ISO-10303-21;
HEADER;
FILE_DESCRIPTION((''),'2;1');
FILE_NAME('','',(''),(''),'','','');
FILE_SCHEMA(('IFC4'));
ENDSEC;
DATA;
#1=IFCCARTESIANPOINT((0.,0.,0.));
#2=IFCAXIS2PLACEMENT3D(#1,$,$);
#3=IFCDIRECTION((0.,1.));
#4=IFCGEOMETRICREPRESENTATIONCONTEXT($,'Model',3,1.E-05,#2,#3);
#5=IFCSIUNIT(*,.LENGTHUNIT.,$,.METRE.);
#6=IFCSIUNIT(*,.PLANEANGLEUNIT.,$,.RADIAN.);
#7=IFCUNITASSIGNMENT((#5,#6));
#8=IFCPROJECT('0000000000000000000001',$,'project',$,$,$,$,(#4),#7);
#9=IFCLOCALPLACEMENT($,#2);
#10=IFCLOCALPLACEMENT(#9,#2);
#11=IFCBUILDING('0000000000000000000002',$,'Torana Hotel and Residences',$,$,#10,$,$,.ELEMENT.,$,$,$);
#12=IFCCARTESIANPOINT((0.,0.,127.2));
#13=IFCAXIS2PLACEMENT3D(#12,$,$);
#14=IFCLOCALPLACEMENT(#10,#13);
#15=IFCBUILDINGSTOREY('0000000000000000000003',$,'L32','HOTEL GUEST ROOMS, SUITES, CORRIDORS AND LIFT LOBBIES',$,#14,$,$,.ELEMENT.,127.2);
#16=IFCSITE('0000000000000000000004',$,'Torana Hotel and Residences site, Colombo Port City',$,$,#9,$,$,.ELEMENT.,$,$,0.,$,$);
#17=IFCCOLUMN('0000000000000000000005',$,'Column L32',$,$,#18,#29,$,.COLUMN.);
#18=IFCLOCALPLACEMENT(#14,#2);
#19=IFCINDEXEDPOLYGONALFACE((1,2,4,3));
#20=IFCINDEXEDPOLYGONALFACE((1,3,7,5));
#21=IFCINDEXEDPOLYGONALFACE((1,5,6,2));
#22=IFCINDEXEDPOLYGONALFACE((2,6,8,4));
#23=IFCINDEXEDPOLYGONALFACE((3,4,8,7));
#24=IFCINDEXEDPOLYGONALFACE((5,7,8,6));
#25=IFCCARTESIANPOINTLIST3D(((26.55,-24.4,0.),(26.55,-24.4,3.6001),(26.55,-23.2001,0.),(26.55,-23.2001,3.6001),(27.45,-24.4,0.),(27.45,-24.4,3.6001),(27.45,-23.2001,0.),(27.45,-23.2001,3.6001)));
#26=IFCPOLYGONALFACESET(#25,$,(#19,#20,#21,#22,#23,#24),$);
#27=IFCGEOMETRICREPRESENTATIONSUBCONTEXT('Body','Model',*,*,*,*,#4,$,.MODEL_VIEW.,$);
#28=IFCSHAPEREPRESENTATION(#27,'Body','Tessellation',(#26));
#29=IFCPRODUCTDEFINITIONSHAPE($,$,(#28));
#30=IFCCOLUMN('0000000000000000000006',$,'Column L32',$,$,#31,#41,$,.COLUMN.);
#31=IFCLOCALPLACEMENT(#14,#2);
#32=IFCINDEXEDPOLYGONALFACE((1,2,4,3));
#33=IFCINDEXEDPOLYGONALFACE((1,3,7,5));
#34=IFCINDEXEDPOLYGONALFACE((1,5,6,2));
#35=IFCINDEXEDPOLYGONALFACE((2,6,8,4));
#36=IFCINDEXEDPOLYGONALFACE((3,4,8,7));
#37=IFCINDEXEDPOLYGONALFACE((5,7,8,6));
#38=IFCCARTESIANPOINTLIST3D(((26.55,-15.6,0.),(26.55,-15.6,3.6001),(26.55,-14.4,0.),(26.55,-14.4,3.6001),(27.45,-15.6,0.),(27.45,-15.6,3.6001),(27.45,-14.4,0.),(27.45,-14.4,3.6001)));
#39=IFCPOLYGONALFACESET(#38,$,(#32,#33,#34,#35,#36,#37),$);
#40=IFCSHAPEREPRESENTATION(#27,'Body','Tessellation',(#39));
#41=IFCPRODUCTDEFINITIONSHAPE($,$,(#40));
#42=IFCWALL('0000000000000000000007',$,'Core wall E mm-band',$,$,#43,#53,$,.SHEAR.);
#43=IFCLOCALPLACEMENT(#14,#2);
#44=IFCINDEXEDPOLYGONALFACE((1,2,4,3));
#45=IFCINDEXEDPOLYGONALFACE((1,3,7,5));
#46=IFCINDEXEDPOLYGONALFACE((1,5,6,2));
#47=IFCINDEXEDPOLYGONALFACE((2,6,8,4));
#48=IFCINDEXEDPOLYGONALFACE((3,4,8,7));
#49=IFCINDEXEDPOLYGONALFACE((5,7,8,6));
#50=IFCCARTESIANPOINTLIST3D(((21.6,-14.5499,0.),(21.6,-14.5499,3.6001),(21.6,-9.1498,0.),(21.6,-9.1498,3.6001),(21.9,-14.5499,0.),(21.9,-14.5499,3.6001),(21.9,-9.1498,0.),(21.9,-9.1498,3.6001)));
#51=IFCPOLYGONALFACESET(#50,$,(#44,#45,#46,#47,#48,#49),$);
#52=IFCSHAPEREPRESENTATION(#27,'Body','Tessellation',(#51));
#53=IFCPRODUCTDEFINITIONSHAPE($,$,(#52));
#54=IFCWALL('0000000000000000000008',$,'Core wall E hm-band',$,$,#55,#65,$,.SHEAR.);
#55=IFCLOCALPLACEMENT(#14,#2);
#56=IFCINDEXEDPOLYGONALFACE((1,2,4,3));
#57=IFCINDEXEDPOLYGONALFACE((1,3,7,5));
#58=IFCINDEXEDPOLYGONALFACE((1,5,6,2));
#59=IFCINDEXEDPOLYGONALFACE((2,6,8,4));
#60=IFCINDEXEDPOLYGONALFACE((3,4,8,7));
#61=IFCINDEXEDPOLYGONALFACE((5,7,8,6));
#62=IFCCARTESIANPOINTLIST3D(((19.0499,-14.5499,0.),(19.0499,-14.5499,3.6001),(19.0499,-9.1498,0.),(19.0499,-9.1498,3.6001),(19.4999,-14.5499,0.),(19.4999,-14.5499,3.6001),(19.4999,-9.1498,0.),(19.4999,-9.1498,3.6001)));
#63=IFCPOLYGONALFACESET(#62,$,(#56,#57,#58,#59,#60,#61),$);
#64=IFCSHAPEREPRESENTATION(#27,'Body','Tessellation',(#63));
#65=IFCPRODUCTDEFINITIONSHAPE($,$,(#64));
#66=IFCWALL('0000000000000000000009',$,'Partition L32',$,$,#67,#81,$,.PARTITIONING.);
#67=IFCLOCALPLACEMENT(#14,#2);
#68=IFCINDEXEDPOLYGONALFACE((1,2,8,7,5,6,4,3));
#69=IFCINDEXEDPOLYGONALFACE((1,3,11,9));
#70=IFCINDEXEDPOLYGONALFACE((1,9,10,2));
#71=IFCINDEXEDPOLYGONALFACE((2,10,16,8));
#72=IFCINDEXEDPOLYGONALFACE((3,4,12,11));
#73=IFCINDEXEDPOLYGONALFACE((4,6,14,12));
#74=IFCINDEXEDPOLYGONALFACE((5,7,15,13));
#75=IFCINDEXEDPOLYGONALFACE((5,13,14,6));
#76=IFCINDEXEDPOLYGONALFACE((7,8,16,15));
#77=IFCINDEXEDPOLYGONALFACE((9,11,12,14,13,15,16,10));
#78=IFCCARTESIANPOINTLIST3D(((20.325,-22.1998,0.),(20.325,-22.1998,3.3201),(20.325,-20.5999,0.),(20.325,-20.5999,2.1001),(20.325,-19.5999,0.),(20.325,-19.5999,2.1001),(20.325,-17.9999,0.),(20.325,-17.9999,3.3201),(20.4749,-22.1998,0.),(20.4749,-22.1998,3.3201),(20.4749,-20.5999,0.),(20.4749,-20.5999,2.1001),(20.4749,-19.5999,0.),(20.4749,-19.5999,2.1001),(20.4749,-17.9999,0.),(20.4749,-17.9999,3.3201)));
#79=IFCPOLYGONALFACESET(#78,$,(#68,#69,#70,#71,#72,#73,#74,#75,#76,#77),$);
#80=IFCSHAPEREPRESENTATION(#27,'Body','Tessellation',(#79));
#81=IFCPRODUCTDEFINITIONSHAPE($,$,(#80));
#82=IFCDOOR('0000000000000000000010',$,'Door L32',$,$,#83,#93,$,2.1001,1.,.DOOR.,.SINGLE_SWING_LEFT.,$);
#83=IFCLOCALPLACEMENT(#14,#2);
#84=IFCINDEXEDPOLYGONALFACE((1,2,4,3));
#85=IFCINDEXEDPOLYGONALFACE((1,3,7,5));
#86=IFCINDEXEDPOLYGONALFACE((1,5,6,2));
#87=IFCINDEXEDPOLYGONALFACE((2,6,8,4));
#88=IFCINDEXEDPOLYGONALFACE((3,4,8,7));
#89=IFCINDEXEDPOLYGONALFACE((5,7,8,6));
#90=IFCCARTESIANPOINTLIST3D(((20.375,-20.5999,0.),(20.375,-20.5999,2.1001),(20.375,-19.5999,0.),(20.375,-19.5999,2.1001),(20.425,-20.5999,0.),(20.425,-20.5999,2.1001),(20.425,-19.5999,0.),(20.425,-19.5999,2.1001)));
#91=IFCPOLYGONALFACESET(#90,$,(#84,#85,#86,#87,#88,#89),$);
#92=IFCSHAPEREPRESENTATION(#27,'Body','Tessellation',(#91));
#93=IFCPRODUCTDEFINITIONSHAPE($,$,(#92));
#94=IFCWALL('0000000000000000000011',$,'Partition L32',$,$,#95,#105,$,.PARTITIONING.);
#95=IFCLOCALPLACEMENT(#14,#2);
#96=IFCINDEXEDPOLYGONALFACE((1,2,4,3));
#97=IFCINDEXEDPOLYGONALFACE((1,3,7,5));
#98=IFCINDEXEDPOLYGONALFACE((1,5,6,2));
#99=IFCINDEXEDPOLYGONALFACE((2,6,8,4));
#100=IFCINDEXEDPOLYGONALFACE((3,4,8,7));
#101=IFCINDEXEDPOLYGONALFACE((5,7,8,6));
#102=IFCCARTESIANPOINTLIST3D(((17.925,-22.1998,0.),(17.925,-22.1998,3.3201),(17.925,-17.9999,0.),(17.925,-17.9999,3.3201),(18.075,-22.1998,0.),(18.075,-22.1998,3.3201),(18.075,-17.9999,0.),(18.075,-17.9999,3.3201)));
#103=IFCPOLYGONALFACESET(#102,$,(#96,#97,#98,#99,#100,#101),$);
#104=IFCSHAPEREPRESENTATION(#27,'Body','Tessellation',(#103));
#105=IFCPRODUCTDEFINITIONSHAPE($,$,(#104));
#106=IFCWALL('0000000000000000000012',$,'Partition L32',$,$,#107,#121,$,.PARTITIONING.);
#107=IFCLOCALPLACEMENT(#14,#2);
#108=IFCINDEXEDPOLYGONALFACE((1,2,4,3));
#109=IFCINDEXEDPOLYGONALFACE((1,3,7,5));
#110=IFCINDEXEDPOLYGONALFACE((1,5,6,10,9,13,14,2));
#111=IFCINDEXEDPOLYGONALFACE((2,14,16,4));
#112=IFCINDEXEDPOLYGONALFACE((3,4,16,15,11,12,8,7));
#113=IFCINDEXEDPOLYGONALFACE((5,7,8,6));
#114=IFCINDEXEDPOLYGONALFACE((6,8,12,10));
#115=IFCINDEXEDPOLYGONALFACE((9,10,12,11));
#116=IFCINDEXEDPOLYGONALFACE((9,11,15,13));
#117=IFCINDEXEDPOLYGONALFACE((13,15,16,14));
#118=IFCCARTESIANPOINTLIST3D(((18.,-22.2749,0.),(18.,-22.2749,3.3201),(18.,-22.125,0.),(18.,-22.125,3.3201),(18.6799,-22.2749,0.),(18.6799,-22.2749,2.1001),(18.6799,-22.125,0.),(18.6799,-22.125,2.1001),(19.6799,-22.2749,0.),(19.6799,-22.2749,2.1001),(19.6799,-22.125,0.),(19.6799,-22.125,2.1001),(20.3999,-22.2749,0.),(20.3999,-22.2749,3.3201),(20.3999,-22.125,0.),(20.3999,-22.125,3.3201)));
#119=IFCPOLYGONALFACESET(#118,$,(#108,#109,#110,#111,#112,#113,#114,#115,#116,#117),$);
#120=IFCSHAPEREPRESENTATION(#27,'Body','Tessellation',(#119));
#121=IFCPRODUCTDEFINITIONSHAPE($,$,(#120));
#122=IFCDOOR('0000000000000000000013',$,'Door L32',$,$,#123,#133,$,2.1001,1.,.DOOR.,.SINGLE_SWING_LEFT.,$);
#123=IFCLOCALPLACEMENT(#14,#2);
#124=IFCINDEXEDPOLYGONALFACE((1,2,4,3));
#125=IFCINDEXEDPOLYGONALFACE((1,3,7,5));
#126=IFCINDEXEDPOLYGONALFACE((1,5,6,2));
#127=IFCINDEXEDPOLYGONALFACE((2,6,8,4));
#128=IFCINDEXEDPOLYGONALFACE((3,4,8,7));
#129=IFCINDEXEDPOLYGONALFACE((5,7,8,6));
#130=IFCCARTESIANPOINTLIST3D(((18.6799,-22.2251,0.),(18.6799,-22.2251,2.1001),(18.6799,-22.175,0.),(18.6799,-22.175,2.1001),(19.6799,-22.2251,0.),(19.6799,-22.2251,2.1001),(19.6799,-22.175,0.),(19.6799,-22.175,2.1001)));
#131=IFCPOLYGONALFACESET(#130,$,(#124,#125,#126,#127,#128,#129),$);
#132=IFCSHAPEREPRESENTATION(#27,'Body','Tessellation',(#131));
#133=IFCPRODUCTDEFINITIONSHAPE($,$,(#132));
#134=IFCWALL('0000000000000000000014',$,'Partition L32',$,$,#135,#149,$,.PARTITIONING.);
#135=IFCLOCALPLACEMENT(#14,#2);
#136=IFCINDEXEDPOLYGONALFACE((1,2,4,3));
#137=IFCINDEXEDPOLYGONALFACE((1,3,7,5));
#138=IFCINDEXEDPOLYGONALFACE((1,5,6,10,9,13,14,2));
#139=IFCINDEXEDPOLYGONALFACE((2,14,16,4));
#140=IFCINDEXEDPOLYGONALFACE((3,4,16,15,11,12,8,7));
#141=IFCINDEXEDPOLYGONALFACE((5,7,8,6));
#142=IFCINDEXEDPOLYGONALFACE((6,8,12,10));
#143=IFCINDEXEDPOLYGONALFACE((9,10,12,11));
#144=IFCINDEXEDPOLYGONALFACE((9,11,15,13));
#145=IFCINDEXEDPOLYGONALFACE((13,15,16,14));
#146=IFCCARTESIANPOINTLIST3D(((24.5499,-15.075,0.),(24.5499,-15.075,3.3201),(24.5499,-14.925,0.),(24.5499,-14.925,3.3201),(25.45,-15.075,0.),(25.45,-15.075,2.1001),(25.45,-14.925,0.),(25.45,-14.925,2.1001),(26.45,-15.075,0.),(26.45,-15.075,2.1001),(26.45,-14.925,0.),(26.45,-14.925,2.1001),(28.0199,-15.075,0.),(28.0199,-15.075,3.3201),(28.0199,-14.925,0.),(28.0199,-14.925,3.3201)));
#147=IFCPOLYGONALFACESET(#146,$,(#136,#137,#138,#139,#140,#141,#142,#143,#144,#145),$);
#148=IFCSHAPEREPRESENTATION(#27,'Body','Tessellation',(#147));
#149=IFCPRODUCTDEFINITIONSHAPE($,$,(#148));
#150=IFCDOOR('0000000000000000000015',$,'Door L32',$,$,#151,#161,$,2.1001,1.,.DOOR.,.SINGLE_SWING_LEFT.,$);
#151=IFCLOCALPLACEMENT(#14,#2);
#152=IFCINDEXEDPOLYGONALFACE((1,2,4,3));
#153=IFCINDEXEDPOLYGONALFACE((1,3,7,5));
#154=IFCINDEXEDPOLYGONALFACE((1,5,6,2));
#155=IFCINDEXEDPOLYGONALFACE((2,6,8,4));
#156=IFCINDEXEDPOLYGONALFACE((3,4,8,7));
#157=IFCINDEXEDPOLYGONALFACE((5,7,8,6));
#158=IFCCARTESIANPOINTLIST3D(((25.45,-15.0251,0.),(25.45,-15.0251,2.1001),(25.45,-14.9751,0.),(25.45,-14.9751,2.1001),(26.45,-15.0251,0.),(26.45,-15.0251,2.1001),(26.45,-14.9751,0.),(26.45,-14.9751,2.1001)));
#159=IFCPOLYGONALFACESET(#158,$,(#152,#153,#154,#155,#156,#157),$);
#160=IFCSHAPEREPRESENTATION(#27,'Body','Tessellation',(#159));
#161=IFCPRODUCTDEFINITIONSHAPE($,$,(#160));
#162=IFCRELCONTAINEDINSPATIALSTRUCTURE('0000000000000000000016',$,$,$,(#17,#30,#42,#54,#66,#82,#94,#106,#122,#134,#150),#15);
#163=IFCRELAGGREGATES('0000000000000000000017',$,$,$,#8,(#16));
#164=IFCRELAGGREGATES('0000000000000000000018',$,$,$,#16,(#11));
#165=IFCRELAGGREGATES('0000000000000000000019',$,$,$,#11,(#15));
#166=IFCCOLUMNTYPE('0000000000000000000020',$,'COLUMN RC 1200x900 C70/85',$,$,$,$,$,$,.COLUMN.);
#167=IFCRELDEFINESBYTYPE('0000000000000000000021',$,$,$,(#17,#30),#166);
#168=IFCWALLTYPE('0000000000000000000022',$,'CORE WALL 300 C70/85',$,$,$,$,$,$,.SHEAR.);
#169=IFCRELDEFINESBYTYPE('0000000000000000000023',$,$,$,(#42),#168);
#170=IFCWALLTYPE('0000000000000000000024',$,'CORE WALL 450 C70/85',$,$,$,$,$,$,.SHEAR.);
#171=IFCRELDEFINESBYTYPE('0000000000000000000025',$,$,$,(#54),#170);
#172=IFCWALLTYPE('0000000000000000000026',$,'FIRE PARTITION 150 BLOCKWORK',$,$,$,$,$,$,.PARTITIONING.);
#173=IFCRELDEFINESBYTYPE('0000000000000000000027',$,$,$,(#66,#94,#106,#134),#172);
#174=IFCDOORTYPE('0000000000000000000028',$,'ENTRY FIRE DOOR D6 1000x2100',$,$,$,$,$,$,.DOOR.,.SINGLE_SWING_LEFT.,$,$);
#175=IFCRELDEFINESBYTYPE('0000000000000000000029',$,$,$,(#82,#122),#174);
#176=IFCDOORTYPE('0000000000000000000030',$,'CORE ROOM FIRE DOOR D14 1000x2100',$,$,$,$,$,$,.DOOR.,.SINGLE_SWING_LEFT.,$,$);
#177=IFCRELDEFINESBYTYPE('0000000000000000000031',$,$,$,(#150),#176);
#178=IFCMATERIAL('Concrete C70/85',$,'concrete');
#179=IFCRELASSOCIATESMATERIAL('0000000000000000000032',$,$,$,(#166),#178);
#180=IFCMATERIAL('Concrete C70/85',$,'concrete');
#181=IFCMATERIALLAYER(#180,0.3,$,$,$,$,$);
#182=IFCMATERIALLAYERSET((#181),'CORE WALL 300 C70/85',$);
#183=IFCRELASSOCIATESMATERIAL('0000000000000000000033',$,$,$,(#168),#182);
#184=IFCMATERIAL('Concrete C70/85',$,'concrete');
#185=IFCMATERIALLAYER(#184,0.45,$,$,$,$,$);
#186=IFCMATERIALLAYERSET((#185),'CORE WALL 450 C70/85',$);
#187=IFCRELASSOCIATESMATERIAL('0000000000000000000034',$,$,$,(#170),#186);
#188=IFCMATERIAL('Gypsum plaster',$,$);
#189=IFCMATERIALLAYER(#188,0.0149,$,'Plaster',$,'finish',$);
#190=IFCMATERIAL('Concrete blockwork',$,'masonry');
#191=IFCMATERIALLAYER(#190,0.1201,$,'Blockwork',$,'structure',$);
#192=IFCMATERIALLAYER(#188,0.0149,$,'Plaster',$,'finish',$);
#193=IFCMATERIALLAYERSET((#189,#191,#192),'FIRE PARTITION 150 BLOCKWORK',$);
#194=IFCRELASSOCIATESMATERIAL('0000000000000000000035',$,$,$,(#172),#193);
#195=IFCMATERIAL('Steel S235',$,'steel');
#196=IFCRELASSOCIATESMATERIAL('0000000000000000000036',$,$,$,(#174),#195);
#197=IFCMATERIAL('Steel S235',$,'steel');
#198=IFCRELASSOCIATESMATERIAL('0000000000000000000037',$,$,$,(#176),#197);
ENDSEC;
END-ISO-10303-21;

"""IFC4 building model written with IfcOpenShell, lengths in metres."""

from ifc_helpers import new_model, si_unit, direction, frame, frame_2d, origin, origin_2d, place, context, subcontext, project, spatial, rectangle, extrude, material, layer, layer_set, material_profile, profile_set, type_object, element, fill, save


model = new_model("IFC4")

# Units and contexts
model_context = context("Model", 3, precision=1e-05, world=origin(), true_north=direction((0.0, 1.0)))
body_context = subcontext(model_context, "Body", "Model", "MODEL_VIEW")
ifc_project = project(units=[si_unit("LENGTHUNIT", "METRE"), si_unit("PLANEANGLEUNIT", "RADIAN")], contexts=[model_context])

# Site, building, storey
site_placement = place(None, origin())
site = spatial("IfcSite", under=ifc_project, at=site_placement, Name="Torana Hotel and Residences site, Colombo Port City", CompositionType="ELEMENT", RefElevation=0.0)
building_placement = place(site_placement, origin())
building = spatial("IfcBuilding", under=site, at=building_placement, Name="Torana Hotel and Residences", CompositionType="ELEMENT")
storey_placement = place(building_placement, frame((0.0, 0.0, 127.2)))
storey = spatial("IfcBuildingStorey", under=building, at=storey_placement, Name="L32", Description="HOTEL GUEST ROOMS, SUITES, CORRIDORS AND LIFT LOBBIES", CompositionType="ELEMENT", Elevation=127.2)

# Columns
ifc_material_1 = material(Name="Concrete C70/85", Category="concrete")
ifc_material_profile = material_profile(ifc_material_1, rectangle(XDim=1.2, YDim=0.8999, at=origin_2d()), Name="RC 1200x900")
ifc_profile_set = profile_set([ifc_material_profile], Name="Concrete C70/85")
column_type = type_object("IfcColumnType", Name="COLUMN RC 1200x900 C70/85", PredefinedType="COLUMN", material=ifc_profile_set)
for number, where, z_axis, x_axis, name in (
    (1, (27.0, -23.8, 0.0), (0.0, 0.0, 1.0), (0.0, 1.0, 0.0), "Column L32"),
    (2, (27.0, -15.0, 0.0), (0.0, 0.0, 1.0), (0.0, 1.0, 0.0), "Column L32"),
):
    element("IfcColumn", number, at=place(storey_placement, frame(where, z_axis=z_axis, x_axis=x_axis)), inside=storey, type_object=column_type, Name=name, PredefinedType="COLUMN", context=body_context, shape_type="SweptSolid", body=[
        extrude(rectangle(XDim=1.2, YDim=0.8999, at=origin_2d()), origin(), (0.0, 0.0, 1.0), 3.6001),
    ])

# Walls
ifc_material_2 = material(Name="Concrete C70/85", Category="concrete")
ifc_layer_1 = layer(ifc_material_2, 0.3)
ifc_layer_set_1 = layer_set([ifc_layer_1], Name="CORE WALL 300 C70/85")
wall_type_1 = type_object("IfcWallType", Name="CORE WALL 300 C70/85", PredefinedType="SHEAR", material=ifc_layer_set_1)
wall_1_placement = place(storey_placement, frame((21.75, -14.55, 0.0), z_axis=(0.0, 0.0, 1.0), x_axis=(0.0, 1.0, 0.0)))
element("IfcWall", 3, at=wall_1_placement, inside=storey, type_object=wall_type_1, Name="Core wall E mm-band", PredefinedType="SHEAR", context=body_context, shape_type="SweptSolid", body=[
    extrude(rectangle(XDim=5.4001, YDim=0.3, at=frame_2d((2.7002, 0.0))), origin(), (0.0, 0.0, 1.0), 3.6001),
])
ifc_material_3 = material(Name="Concrete C70/85", Category="concrete")
ifc_layer_2 = layer(ifc_material_3, 0.45)
ifc_layer_set_2 = layer_set([ifc_layer_2], Name="CORE WALL 450 C70/85")
wall_type_2 = type_object("IfcWallType", Name="CORE WALL 450 C70/85", PredefinedType="SHEAR", material=ifc_layer_set_2)
wall_2_placement = place(storey_placement, frame((19.2749, -14.55, 0.0), z_axis=(0.0, 0.0, 1.0), x_axis=(0.0, 1.0, 0.0)))
element("IfcWall", 4, at=wall_2_placement, inside=storey, type_object=wall_type_2, Name="Core wall E hm-band", PredefinedType="SHEAR", context=body_context, shape_type="SweptSolid", body=[
    extrude(rectangle(XDim=5.4001, YDim=0.45, at=frame_2d((2.7002, 0.0))), origin(), (0.0, 0.0, 1.0), 3.6001),
])

# Wall, opening, door
ifc_material_4 = material(Name="Gypsum plaster")
ifc_layer_3 = layer(ifc_material_4, 0.0149, Name="Plaster", Category="finish")
ifc_material_5 = material(Name="Concrete blockwork", Category="masonry")
ifc_layer_4 = layer(ifc_material_5, 0.1201, Name="Blockwork", Category="structure")
ifc_layer_5 = layer(ifc_material_4, 0.0149, Name="Plaster", Category="finish")
ifc_layer_set_3 = layer_set([ifc_layer_3, ifc_layer_4, ifc_layer_5], Name="FIRE PARTITION 150 BLOCKWORK")
wall_type_3 = type_object("IfcWallType", Name="FIRE PARTITION 150 BLOCKWORK", PredefinedType="PARTITIONING", material=ifc_layer_set_3)
wall_3_placement = place(storey_placement, frame((20.3999, -22.2, 0.0), z_axis=(0.0, 0.0, 1.0), x_axis=(0.0, 1.0, 0.0)))
wall_3 = element("IfcWall", 5, at=wall_3_placement, inside=storey, type_object=wall_type_3, Name="Partition L32", PredefinedType="PARTITIONING", context=body_context, shape_type="SweptSolid", body=[
    extrude(rectangle(XDim=4.2, YDim=0.1499, at=frame_2d((2.1001, 0.0))), origin(), (0.0, 0.0, 1.0), 3.3201),
])
opening_1_placement = place(wall_3_placement, frame((1.6001, 0.0, 0.0)))
opening_1 = element("IfcOpeningElement", 6, at=opening_1_placement, cuts=wall_3, PredefinedType="OPENING", context=body_context, shape_type="SweptSolid", body=[
    extrude(rectangle(XDim=1.0, YDim=2.1001, at=frame_2d((0.5, 1.05))), frame((0.0, 0.085, 0.0), z_axis=(0.0, -1.0, 0.0), x_axis=(1.0, 0.0, 0.0)), (0.0, 0.0, 1.0), 0.1699),
])
ifc_material_6 = material(Name="Steel S235", Category="steel")
door_type_1 = type_object("IfcDoorType", Name="ENTRY FIRE DOOR D6 1000x2100", OperationType="SINGLE_SWING_LEFT", PredefinedType="DOOR", material=ifc_material_6)
door_1_placement = place(opening_1_placement, frame((0.5, 0.0, 0.0), z_axis=(0.0, 0.0, 1.0), x_axis=(-1.0, 0.0, 0.0)))
door_1 = element("IfcDoor", 7, at=door_1_placement, inside=storey, type_object=door_type_1, Name="Door L32", OperationType="SINGLE_SWING_LEFT", OverallHeight=2.1001, OverallWidth=1.0, PredefinedType="DOOR", context=body_context, shape_type="SweptSolid", body=[
    extrude(rectangle(XDim=1.0, YDim=2.1001, at=frame_2d((0.0, 1.05))), frame((0.0, -0.0249, 0.0), z_axis=(0.0, 1.0, 0.0), x_axis=(-1.0, 0.0, 0.0)), (0.0, 0.0, 1.0), 0.05),
])
fill(opening_1, door_1)

# Wall
wall_4_placement = place(storey_placement, frame((18.0, -22.2, 0.0), z_axis=(0.0, 0.0, 1.0), x_axis=(0.0, 1.0, 0.0)))
element("IfcWall", 8, at=wall_4_placement, inside=storey, type_object=wall_type_3, Name="Partition L32", PredefinedType="PARTITIONING", context=body_context, shape_type="SweptSolid", body=[
    extrude(rectangle(XDim=4.2, YDim=0.1499, at=frame_2d((2.1001, 0.0))), origin(), (0.0, 0.0, 1.0), 3.3201),
])

# Walls, openings, doors
wall_5_placement = place(storey_placement, frame((18.0, -22.2, 0.0), z_axis=(0.0, 0.0, 1.0), x_axis=(1.0, 0.0, 0.0)))
wall_5 = element("IfcWall", 9, at=wall_5_placement, inside=storey, type_object=wall_type_3, Name="Partition L32", PredefinedType="PARTITIONING", context=body_context, shape_type="SweptSolid", body=[
    extrude(rectangle(XDim=2.3999, YDim=0.1499, at=frame_2d((1.2, 0.0))), origin(), (0.0, 0.0, 1.0), 3.3201),
])
opening_2_placement = place(wall_5_placement, frame((0.6799, 0.0, 0.0)))
opening_2 = element("IfcOpeningElement", 10, at=opening_2_placement, cuts=wall_5, PredefinedType="OPENING", context=body_context, shape_type="SweptSolid", body=[
    extrude(rectangle(XDim=1.0, YDim=2.1001, at=frame_2d((0.5, 1.05))), frame((0.0, 0.085, 0.0), z_axis=(0.0, -1.0, 0.0), x_axis=(1.0, 0.0, 0.0)), (0.0, 0.0, 1.0), 0.1699),
])
door_2_placement = place(opening_2_placement, frame((0.5, 0.0, 0.0), z_axis=(0.0, 0.0, 1.0), x_axis=(-1.0, 0.0, 0.0)))
door_2 = element("IfcDoor", 11, at=door_2_placement, inside=storey, type_object=door_type_1, Name="Door L32", OperationType="SINGLE_SWING_LEFT", OverallHeight=2.1001, OverallWidth=1.0, PredefinedType="DOOR", context=body_context, shape_type="SweptSolid", body=[
    extrude(rectangle(XDim=1.0, YDim=2.1001, at=frame_2d((0.0, 1.05))), frame((0.0, -0.0249, 0.0), z_axis=(0.0, 1.0, 0.0), x_axis=(-1.0, 0.0, 0.0)), (0.0, 0.0, 1.0), 0.05),
])
fill(opening_2, door_2)
wall_6_placement = place(storey_placement, frame((24.55, -15.0, 0.0), z_axis=(0.0, 0.0, 1.0), x_axis=(1.0, 0.0, 0.0)))
wall_6 = element("IfcWall", 12, at=wall_6_placement, inside=storey, type_object=wall_type_3, Name="Partition L32", PredefinedType="PARTITIONING", context=body_context, shape_type="SweptSolid", body=[
    extrude(rectangle(XDim=3.47, YDim=0.1499, at=frame_2d((1.7349, 0.0))), origin(), (0.0, 0.0, 1.0), 3.3201),
])
opening_3_placement = place(wall_6_placement, frame((0.8999, 0.0, 0.0)))
opening_3 = element("IfcOpeningElement", 13, at=opening_3_placement, cuts=wall_6, PredefinedType="OPENING", context=body_context, shape_type="SweptSolid", body=[
    extrude(rectangle(XDim=1.0, YDim=2.1001, at=frame_2d((0.5, 1.05))), frame((0.0, 0.085, 0.0), z_axis=(0.0, -1.0, 0.0), x_axis=(1.0, 0.0, 0.0)), (0.0, 0.0, 1.0), 0.1699),
])
ifc_material_7 = material(Name="Steel S235", Category="steel")
door_type_2 = type_object("IfcDoorType", Name="CORE ROOM FIRE DOOR D14 1000x2100", OperationType="SINGLE_SWING_LEFT", PredefinedType="DOOR", material=ifc_material_7)
door_3_placement = place(opening_3_placement, origin())
door_3 = element("IfcDoor", 14, at=door_3_placement, inside=storey, type_object=door_type_2, Name="Door L32", OperationType="SINGLE_SWING_LEFT", OverallHeight=2.1001, OverallWidth=1.0, PredefinedType="DOOR", context=body_context, shape_type="SweptSolid", body=[
    extrude(rectangle(XDim=1.0, YDim=2.1001, at=frame_2d((0.5, 1.05))), frame((0.0, 0.0249, 0.0), z_axis=(0.0, -1.0, 0.0), x_axis=(1.0, 0.0, 0.0)), (0.0, 0.0, 1.0), 0.05),
])
fill(opening_3, door_3)

save(model, "model.ifc")
